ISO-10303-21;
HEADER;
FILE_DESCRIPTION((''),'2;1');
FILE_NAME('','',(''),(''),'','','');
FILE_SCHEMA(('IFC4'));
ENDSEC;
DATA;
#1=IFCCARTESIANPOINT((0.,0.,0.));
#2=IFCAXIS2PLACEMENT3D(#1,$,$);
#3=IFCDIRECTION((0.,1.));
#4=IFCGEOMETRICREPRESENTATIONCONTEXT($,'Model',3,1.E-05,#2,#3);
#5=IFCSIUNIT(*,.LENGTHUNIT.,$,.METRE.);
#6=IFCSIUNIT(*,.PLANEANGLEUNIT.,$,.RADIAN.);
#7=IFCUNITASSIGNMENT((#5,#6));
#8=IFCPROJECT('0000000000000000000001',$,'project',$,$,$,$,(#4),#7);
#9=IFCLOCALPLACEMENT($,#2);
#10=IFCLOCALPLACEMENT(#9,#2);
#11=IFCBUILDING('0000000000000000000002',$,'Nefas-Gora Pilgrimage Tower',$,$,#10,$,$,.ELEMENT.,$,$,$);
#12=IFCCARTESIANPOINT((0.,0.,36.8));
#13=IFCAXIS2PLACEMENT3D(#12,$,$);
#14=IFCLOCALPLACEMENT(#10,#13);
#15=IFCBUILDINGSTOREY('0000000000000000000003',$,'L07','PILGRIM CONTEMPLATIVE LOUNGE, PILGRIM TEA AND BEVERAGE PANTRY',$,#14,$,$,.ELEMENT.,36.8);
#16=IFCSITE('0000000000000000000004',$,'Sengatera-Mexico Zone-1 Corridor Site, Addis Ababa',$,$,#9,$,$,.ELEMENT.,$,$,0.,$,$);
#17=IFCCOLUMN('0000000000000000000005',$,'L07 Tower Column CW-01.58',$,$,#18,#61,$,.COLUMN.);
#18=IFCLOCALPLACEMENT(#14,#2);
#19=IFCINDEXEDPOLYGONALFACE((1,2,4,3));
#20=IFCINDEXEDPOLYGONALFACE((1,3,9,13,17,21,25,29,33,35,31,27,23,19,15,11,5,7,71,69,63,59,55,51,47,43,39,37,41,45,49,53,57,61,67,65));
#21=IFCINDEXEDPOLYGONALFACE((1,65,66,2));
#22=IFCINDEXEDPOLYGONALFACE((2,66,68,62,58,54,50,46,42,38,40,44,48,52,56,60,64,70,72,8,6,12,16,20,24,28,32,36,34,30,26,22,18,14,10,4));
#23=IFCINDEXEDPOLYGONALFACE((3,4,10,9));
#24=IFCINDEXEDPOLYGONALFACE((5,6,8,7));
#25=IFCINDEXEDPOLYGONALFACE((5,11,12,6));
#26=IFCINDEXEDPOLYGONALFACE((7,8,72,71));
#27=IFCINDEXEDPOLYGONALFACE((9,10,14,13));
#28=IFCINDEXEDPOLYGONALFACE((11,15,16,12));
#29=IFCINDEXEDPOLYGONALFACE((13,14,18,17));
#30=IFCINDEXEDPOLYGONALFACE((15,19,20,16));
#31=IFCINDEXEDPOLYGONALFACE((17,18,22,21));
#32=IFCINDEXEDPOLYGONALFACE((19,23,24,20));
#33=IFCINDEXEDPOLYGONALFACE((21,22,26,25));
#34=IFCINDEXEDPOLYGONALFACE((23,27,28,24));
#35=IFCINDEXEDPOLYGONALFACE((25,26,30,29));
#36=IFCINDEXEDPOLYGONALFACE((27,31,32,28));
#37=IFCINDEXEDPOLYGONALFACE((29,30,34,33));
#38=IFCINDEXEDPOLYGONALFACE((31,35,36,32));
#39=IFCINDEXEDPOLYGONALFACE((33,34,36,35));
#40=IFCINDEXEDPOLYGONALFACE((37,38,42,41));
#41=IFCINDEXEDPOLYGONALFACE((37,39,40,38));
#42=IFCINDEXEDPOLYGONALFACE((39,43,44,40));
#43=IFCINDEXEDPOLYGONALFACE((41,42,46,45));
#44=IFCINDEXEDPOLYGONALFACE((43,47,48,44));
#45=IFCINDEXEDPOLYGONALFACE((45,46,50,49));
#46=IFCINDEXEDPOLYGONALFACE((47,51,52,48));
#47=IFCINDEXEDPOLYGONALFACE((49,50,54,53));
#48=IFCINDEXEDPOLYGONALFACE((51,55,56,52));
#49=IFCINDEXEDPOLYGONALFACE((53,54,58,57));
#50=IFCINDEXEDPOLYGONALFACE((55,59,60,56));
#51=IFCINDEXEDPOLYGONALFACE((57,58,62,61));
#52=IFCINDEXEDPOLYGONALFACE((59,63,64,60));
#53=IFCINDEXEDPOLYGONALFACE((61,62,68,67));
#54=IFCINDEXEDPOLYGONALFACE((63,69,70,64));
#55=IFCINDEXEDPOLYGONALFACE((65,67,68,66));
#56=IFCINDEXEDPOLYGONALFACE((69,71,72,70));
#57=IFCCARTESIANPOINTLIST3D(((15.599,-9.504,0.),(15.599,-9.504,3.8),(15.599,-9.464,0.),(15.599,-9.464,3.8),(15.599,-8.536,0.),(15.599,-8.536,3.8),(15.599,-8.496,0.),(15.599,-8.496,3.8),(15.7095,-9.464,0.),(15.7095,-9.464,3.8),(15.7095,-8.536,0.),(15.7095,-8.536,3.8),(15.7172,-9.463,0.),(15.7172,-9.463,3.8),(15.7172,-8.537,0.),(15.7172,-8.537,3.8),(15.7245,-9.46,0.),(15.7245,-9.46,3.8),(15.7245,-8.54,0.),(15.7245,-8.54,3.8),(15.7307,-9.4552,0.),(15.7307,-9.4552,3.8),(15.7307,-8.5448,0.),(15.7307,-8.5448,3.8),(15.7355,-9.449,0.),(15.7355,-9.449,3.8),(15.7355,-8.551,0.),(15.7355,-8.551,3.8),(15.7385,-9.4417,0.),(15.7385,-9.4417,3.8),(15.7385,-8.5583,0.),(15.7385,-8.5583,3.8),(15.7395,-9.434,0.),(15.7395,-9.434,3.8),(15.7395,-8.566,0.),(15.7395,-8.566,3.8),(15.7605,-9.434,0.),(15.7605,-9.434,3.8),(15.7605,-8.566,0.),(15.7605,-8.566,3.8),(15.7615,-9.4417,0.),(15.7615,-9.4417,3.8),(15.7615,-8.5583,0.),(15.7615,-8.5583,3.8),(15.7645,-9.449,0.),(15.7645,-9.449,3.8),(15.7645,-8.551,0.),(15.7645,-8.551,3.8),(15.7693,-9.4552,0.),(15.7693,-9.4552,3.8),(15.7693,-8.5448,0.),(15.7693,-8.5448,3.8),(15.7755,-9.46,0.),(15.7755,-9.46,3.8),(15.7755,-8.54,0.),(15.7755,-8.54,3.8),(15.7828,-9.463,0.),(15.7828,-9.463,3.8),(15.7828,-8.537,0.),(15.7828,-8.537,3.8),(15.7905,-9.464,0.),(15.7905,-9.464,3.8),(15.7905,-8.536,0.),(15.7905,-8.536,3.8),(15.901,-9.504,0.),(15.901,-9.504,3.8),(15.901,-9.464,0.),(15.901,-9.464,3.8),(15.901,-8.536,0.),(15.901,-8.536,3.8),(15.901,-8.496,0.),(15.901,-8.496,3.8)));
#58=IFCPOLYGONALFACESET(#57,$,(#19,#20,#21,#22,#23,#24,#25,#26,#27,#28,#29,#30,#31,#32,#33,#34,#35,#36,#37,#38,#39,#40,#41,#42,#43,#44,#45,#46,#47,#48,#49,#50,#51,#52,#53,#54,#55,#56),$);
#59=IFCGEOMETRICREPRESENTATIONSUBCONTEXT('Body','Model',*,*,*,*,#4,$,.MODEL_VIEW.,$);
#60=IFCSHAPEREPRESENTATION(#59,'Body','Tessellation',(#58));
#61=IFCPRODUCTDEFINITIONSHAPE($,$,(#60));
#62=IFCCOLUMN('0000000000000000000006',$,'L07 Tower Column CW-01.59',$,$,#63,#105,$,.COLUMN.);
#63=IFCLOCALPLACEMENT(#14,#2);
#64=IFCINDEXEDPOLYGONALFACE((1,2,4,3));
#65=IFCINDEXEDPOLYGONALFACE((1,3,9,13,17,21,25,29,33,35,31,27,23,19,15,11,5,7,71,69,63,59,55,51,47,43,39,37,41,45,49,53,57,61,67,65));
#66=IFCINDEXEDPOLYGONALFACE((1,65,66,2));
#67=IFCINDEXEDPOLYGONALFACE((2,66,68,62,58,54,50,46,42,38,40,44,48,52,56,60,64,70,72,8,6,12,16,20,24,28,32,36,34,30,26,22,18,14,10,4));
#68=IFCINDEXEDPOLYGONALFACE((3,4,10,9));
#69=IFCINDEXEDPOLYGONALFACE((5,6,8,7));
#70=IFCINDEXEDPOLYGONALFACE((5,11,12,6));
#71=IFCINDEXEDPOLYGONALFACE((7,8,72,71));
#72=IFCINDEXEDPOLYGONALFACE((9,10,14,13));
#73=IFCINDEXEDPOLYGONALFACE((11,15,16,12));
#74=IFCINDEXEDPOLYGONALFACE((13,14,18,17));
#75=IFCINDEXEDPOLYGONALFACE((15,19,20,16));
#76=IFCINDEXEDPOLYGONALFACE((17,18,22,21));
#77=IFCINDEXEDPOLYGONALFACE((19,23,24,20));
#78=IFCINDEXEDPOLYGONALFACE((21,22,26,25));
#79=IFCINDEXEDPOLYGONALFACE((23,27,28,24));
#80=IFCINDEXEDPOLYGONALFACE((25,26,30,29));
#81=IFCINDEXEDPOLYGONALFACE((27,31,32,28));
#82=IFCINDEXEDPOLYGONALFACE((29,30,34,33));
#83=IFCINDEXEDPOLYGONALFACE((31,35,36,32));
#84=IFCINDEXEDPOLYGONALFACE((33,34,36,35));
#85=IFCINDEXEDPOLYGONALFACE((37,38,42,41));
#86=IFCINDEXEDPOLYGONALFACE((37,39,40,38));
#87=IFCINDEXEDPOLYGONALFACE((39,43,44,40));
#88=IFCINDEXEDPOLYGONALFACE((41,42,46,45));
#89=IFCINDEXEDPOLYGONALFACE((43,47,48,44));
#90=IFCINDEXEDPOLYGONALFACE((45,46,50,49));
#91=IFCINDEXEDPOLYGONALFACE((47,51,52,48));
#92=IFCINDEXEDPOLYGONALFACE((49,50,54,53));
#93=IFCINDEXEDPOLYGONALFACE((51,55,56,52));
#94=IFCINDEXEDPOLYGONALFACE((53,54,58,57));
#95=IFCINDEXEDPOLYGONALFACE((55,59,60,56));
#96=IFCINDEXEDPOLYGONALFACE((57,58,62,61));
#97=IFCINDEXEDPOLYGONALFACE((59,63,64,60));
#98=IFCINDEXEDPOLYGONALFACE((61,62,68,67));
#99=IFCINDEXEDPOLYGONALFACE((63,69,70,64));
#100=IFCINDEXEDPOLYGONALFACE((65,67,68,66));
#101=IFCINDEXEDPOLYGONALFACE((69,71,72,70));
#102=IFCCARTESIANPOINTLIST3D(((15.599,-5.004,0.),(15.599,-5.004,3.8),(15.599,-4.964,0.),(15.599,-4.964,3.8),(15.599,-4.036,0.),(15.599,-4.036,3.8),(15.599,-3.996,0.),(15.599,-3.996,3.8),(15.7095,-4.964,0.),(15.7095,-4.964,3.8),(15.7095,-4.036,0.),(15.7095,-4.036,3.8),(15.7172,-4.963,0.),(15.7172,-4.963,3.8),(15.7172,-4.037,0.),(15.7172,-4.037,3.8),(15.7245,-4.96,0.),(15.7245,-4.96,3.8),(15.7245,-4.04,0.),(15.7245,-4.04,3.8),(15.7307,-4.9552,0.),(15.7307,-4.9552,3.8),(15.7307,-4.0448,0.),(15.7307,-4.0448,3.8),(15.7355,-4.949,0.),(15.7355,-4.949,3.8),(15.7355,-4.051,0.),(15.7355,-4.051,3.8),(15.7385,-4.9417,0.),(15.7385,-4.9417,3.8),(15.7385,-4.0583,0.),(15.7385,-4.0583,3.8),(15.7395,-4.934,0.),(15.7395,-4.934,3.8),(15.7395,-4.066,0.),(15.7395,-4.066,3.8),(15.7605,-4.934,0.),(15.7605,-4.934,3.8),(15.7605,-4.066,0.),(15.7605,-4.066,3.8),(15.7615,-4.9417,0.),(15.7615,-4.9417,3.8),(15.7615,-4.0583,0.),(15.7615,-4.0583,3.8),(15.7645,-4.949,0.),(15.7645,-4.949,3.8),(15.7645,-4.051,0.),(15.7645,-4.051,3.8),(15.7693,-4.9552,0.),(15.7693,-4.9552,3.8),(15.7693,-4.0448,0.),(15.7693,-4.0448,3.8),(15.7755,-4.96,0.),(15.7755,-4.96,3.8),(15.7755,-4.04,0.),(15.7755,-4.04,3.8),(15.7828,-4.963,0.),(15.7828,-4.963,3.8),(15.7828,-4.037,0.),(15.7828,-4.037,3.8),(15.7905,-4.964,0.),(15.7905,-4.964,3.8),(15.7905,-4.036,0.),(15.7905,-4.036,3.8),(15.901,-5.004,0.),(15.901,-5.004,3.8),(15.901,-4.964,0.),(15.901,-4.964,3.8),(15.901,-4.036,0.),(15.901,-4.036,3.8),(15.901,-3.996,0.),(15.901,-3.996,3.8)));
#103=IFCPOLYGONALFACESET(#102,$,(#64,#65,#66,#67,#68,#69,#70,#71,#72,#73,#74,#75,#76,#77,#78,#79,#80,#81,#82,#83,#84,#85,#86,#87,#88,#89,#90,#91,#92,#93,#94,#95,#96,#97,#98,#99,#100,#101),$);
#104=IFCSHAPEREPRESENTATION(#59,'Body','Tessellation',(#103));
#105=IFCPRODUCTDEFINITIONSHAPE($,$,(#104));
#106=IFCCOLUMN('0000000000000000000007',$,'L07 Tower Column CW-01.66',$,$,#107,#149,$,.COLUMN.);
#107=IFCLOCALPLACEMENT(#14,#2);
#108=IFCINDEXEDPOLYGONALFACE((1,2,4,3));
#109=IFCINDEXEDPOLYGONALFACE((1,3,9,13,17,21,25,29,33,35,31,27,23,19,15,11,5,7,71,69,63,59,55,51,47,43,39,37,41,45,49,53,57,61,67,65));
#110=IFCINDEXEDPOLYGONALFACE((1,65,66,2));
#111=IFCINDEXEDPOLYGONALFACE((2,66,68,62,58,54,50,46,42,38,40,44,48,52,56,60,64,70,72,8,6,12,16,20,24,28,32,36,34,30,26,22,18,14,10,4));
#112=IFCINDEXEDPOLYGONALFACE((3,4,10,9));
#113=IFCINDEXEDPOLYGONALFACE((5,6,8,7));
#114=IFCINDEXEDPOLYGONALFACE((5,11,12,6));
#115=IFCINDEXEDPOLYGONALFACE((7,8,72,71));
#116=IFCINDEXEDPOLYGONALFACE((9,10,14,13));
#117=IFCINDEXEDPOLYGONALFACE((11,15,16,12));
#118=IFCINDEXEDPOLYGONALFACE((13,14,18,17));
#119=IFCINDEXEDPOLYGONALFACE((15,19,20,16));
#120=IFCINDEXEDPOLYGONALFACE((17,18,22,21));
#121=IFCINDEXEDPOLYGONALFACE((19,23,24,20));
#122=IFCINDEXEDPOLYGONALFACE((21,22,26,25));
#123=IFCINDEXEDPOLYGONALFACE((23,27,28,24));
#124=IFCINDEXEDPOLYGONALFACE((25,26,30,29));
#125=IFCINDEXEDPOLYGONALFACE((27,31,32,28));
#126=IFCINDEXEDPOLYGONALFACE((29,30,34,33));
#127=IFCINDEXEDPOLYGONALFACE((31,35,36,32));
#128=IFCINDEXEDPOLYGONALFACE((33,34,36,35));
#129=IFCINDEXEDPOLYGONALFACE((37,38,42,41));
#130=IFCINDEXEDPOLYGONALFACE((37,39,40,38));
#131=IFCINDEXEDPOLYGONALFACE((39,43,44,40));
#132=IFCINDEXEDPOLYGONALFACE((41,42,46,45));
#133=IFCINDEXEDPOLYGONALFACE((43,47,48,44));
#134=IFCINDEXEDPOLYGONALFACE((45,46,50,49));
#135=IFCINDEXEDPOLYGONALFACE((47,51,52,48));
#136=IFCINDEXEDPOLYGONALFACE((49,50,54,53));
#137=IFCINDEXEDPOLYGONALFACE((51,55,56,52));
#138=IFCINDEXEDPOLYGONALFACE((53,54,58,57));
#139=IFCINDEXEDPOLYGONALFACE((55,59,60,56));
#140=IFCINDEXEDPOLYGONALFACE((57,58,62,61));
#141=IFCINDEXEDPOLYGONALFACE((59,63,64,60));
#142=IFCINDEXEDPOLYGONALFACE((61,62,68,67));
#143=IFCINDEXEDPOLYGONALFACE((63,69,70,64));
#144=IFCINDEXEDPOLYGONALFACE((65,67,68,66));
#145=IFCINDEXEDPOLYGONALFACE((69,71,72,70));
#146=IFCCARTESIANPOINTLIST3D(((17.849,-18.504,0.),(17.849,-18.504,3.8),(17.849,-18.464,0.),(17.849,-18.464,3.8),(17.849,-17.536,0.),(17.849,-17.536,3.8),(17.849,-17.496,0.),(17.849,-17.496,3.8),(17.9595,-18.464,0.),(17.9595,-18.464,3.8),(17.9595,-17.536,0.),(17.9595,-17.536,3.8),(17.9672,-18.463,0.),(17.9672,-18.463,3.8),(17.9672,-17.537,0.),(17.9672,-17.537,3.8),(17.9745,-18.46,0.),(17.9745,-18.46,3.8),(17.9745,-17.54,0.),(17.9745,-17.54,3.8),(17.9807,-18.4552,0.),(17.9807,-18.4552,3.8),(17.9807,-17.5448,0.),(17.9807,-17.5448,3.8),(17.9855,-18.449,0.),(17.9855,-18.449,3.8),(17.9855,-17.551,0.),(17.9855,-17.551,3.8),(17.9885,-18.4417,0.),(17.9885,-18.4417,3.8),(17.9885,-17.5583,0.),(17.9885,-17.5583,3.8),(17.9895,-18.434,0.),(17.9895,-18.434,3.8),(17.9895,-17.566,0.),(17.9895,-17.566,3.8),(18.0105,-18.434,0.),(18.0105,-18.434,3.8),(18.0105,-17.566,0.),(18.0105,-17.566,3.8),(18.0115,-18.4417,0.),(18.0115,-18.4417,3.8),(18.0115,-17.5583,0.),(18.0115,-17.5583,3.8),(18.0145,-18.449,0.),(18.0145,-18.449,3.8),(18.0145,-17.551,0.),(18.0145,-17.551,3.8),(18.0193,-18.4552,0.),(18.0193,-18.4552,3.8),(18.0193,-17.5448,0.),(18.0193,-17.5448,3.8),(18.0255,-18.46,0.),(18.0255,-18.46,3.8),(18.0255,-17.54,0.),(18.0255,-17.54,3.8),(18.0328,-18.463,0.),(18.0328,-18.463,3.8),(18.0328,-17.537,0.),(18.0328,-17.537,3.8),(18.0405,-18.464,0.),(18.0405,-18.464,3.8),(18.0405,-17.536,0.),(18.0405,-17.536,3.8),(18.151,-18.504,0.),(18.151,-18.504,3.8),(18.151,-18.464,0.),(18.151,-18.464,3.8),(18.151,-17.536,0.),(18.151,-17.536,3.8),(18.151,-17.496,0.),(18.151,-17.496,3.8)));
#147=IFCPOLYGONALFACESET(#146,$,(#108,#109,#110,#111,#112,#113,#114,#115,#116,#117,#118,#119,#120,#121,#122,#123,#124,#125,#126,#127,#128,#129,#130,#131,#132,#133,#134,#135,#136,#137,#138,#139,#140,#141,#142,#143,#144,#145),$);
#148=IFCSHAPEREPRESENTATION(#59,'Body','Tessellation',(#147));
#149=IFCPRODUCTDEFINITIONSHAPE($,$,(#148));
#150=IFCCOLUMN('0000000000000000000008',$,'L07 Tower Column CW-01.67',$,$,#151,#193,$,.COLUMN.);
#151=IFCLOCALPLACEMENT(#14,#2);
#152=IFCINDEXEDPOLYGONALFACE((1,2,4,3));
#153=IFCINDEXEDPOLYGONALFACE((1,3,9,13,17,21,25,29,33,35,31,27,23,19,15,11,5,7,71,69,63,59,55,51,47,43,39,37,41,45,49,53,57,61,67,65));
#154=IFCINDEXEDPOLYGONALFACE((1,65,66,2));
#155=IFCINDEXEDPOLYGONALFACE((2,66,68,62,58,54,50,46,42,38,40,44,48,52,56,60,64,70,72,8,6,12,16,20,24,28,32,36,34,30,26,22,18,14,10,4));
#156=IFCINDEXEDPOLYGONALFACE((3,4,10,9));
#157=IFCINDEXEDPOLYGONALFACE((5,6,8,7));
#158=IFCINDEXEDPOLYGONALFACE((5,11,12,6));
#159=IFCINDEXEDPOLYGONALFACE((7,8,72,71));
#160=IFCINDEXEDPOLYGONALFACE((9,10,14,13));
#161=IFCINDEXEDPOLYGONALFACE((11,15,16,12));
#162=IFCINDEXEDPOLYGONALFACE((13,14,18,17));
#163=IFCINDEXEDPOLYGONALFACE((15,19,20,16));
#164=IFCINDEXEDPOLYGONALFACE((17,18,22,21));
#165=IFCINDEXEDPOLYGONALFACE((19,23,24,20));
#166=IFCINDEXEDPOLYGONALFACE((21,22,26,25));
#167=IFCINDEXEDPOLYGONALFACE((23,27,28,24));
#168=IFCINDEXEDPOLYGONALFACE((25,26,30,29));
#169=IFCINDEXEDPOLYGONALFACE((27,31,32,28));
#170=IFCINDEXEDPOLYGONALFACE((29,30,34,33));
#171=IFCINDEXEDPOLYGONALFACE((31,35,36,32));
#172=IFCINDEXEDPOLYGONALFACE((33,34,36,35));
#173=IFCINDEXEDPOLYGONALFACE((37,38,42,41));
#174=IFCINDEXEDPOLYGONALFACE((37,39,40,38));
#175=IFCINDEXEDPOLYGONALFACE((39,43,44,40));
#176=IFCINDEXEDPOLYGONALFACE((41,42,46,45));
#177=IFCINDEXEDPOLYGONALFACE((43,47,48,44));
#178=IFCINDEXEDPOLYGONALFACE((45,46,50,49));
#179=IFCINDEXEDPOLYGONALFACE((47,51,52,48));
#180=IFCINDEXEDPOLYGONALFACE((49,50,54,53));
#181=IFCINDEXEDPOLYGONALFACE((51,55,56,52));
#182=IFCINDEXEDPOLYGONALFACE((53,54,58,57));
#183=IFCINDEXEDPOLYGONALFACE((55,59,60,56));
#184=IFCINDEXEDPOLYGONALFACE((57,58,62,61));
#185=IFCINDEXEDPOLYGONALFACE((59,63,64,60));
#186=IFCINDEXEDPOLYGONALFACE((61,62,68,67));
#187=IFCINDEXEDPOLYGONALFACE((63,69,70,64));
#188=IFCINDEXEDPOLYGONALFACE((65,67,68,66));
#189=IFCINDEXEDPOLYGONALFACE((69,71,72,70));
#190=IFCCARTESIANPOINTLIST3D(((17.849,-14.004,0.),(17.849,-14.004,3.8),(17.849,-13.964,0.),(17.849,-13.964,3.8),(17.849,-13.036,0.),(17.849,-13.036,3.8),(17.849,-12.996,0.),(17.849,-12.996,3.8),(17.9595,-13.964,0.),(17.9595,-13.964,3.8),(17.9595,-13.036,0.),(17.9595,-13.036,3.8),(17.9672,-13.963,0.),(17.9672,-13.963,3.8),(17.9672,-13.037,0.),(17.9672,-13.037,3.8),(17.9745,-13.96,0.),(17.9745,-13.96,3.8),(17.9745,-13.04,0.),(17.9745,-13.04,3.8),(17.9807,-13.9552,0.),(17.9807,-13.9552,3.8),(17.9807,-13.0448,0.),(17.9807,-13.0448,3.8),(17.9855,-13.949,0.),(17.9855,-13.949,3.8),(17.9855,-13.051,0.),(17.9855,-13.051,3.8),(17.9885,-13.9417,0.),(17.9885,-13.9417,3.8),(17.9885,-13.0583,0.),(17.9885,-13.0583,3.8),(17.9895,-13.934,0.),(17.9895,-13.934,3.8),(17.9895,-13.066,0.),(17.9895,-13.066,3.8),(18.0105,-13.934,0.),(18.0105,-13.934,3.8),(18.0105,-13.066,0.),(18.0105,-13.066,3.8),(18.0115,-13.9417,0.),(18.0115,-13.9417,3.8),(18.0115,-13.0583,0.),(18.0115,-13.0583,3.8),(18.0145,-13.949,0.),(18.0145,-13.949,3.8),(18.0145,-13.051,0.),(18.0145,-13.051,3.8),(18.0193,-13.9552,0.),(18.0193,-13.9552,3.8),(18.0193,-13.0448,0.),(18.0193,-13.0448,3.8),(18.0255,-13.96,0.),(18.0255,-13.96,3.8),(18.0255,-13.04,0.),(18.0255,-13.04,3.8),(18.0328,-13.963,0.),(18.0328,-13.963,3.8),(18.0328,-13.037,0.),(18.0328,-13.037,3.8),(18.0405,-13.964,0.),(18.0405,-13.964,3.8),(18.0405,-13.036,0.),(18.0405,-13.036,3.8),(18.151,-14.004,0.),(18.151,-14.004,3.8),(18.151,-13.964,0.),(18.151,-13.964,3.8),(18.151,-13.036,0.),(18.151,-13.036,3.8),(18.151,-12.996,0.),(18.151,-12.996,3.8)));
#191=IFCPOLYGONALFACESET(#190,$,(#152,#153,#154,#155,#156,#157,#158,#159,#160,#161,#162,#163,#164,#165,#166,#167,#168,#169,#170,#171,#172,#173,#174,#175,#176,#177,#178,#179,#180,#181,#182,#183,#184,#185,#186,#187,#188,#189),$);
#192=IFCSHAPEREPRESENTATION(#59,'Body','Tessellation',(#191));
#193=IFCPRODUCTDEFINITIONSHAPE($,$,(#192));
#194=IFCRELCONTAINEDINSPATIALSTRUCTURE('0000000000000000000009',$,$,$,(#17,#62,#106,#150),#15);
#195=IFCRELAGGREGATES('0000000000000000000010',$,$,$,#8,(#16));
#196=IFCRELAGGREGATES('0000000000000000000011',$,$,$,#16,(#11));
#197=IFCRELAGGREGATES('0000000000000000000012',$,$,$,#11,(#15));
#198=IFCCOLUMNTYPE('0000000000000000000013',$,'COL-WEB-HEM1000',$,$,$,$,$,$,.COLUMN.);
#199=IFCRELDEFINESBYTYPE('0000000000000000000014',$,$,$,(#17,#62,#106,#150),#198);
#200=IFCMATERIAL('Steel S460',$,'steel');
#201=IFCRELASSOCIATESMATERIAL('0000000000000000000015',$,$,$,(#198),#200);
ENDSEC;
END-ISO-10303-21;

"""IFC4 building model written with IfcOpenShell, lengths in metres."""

from ifc_helpers import new_model, si_unit, direction, frame, origin, origin_2d, place, context, subcontext, project, spatial, i_section, extrude, source, transform, mapped, material, material_profile, profile_set, type_object, element, save


model = new_model("IFC4")

# Units and contexts
model_context = context("Model", 3, precision=1e-05, world=origin(), true_north=direction((0.0, 1.0)))
body_context = subcontext(model_context, "Body", "Model", "MODEL_VIEW")
ifc_project = project(units=[si_unit("LENGTHUNIT", "METRE"), si_unit("PLANEANGLEUNIT", "RADIAN")], contexts=[model_context])

# Site, building, storey
site_placement = place(None, origin())
site = spatial("IfcSite", under=ifc_project, at=site_placement, Name="Sengatera-Mexico Zone-1 Corridor Site, Addis Ababa", CompositionType="ELEMENT", RefElevation=0.0)
building_placement = place(site_placement, origin())
building = spatial("IfcBuilding", under=site, at=building_placement, Name="Nefas-Gora Pilgrimage Tower", CompositionType="ELEMENT")
storey_placement = place(building_placement, frame((0.0, 0.0, 36.8)))
storey = spatial("IfcBuildingStorey", under=building, at=storey_placement, Name="L07", Description="PILGRIM CONTEMPLATIVE LOUNGE, PILGRIM TEA AND BEVERAGE PANTRY", CompositionType="ELEMENT", Elevation=36.8)

# Columns
ifc_material_1 = material(Name="Steel S460", Category="steel")
ifc_material_profile_1 = material_profile(ifc_material_1, i_section(OverallWidth=0.302, OverallDepth=1.0081, WebThickness=0.021, FlangeThickness=0.04, FilletRadius=0.03, at=origin_2d()), Name="HEM 1000")
ifc_profile_set_1 = profile_set([ifc_material_profile_1], Name="Steel S460")
column_type_1 = type_object("IfcColumnType", Name="COL-WEB-HEM1000", PredefinedType="COLUMN", material=ifc_profile_set_1)
shared_shape_1 = source(origin(), body_context, "Body", "SweptSolid", [
    extrude(i_section(OverallWidth=0.302, OverallDepth=1.0081, WebThickness=0.021, FlangeThickness=0.04, FilletRadius=0.03, at=origin_2d()), origin(), (0.0, 0.0, 1.0), 3.8),
])
for number, where, z_axis, x_axis, name in (
    (1, (15.75, -9.0, 0.0), (0.0, 0.0, 1.0), (1.0, 0.0, 0.0), "L07 Tower Column CW-01.58"),
    (2, (15.75, -4.5, 0.0), (0.0, 0.0, 1.0), (1.0, 0.0, 0.0), "L07 Tower Column CW-01.59"),
    (3, (18.0, -18.0, 0.0), (0.0, 0.0, 1.0), (1.0, 0.0, 0.0), "L07 Tower Column CW-01.66"),
    (4, (18.0, -13.5, 0.0), (0.0, 0.0, 1.0), (1.0, 0.0, 0.0), "L07 Tower Column CW-01.67"),
):
    element("IfcColumn", number, at=place(storey_placement, frame(where, z_axis=z_axis, x_axis=x_axis)), inside=storey, type_object=column_type_1, Name=name, PredefinedType="COLUMN", context=body_context, shape_type="MappedRepresentation", body=[
        mapped(shared_shape_1, transform((0.0, 0.0, 0.0), x_axis=(1.0, 0.0, 0.0), y_axis=(0.0, 1.0, 0.0), z_axis=(0.0, 0.0, 1.0), scale=1.0)),
    ])

save(model, "model.ifc")
